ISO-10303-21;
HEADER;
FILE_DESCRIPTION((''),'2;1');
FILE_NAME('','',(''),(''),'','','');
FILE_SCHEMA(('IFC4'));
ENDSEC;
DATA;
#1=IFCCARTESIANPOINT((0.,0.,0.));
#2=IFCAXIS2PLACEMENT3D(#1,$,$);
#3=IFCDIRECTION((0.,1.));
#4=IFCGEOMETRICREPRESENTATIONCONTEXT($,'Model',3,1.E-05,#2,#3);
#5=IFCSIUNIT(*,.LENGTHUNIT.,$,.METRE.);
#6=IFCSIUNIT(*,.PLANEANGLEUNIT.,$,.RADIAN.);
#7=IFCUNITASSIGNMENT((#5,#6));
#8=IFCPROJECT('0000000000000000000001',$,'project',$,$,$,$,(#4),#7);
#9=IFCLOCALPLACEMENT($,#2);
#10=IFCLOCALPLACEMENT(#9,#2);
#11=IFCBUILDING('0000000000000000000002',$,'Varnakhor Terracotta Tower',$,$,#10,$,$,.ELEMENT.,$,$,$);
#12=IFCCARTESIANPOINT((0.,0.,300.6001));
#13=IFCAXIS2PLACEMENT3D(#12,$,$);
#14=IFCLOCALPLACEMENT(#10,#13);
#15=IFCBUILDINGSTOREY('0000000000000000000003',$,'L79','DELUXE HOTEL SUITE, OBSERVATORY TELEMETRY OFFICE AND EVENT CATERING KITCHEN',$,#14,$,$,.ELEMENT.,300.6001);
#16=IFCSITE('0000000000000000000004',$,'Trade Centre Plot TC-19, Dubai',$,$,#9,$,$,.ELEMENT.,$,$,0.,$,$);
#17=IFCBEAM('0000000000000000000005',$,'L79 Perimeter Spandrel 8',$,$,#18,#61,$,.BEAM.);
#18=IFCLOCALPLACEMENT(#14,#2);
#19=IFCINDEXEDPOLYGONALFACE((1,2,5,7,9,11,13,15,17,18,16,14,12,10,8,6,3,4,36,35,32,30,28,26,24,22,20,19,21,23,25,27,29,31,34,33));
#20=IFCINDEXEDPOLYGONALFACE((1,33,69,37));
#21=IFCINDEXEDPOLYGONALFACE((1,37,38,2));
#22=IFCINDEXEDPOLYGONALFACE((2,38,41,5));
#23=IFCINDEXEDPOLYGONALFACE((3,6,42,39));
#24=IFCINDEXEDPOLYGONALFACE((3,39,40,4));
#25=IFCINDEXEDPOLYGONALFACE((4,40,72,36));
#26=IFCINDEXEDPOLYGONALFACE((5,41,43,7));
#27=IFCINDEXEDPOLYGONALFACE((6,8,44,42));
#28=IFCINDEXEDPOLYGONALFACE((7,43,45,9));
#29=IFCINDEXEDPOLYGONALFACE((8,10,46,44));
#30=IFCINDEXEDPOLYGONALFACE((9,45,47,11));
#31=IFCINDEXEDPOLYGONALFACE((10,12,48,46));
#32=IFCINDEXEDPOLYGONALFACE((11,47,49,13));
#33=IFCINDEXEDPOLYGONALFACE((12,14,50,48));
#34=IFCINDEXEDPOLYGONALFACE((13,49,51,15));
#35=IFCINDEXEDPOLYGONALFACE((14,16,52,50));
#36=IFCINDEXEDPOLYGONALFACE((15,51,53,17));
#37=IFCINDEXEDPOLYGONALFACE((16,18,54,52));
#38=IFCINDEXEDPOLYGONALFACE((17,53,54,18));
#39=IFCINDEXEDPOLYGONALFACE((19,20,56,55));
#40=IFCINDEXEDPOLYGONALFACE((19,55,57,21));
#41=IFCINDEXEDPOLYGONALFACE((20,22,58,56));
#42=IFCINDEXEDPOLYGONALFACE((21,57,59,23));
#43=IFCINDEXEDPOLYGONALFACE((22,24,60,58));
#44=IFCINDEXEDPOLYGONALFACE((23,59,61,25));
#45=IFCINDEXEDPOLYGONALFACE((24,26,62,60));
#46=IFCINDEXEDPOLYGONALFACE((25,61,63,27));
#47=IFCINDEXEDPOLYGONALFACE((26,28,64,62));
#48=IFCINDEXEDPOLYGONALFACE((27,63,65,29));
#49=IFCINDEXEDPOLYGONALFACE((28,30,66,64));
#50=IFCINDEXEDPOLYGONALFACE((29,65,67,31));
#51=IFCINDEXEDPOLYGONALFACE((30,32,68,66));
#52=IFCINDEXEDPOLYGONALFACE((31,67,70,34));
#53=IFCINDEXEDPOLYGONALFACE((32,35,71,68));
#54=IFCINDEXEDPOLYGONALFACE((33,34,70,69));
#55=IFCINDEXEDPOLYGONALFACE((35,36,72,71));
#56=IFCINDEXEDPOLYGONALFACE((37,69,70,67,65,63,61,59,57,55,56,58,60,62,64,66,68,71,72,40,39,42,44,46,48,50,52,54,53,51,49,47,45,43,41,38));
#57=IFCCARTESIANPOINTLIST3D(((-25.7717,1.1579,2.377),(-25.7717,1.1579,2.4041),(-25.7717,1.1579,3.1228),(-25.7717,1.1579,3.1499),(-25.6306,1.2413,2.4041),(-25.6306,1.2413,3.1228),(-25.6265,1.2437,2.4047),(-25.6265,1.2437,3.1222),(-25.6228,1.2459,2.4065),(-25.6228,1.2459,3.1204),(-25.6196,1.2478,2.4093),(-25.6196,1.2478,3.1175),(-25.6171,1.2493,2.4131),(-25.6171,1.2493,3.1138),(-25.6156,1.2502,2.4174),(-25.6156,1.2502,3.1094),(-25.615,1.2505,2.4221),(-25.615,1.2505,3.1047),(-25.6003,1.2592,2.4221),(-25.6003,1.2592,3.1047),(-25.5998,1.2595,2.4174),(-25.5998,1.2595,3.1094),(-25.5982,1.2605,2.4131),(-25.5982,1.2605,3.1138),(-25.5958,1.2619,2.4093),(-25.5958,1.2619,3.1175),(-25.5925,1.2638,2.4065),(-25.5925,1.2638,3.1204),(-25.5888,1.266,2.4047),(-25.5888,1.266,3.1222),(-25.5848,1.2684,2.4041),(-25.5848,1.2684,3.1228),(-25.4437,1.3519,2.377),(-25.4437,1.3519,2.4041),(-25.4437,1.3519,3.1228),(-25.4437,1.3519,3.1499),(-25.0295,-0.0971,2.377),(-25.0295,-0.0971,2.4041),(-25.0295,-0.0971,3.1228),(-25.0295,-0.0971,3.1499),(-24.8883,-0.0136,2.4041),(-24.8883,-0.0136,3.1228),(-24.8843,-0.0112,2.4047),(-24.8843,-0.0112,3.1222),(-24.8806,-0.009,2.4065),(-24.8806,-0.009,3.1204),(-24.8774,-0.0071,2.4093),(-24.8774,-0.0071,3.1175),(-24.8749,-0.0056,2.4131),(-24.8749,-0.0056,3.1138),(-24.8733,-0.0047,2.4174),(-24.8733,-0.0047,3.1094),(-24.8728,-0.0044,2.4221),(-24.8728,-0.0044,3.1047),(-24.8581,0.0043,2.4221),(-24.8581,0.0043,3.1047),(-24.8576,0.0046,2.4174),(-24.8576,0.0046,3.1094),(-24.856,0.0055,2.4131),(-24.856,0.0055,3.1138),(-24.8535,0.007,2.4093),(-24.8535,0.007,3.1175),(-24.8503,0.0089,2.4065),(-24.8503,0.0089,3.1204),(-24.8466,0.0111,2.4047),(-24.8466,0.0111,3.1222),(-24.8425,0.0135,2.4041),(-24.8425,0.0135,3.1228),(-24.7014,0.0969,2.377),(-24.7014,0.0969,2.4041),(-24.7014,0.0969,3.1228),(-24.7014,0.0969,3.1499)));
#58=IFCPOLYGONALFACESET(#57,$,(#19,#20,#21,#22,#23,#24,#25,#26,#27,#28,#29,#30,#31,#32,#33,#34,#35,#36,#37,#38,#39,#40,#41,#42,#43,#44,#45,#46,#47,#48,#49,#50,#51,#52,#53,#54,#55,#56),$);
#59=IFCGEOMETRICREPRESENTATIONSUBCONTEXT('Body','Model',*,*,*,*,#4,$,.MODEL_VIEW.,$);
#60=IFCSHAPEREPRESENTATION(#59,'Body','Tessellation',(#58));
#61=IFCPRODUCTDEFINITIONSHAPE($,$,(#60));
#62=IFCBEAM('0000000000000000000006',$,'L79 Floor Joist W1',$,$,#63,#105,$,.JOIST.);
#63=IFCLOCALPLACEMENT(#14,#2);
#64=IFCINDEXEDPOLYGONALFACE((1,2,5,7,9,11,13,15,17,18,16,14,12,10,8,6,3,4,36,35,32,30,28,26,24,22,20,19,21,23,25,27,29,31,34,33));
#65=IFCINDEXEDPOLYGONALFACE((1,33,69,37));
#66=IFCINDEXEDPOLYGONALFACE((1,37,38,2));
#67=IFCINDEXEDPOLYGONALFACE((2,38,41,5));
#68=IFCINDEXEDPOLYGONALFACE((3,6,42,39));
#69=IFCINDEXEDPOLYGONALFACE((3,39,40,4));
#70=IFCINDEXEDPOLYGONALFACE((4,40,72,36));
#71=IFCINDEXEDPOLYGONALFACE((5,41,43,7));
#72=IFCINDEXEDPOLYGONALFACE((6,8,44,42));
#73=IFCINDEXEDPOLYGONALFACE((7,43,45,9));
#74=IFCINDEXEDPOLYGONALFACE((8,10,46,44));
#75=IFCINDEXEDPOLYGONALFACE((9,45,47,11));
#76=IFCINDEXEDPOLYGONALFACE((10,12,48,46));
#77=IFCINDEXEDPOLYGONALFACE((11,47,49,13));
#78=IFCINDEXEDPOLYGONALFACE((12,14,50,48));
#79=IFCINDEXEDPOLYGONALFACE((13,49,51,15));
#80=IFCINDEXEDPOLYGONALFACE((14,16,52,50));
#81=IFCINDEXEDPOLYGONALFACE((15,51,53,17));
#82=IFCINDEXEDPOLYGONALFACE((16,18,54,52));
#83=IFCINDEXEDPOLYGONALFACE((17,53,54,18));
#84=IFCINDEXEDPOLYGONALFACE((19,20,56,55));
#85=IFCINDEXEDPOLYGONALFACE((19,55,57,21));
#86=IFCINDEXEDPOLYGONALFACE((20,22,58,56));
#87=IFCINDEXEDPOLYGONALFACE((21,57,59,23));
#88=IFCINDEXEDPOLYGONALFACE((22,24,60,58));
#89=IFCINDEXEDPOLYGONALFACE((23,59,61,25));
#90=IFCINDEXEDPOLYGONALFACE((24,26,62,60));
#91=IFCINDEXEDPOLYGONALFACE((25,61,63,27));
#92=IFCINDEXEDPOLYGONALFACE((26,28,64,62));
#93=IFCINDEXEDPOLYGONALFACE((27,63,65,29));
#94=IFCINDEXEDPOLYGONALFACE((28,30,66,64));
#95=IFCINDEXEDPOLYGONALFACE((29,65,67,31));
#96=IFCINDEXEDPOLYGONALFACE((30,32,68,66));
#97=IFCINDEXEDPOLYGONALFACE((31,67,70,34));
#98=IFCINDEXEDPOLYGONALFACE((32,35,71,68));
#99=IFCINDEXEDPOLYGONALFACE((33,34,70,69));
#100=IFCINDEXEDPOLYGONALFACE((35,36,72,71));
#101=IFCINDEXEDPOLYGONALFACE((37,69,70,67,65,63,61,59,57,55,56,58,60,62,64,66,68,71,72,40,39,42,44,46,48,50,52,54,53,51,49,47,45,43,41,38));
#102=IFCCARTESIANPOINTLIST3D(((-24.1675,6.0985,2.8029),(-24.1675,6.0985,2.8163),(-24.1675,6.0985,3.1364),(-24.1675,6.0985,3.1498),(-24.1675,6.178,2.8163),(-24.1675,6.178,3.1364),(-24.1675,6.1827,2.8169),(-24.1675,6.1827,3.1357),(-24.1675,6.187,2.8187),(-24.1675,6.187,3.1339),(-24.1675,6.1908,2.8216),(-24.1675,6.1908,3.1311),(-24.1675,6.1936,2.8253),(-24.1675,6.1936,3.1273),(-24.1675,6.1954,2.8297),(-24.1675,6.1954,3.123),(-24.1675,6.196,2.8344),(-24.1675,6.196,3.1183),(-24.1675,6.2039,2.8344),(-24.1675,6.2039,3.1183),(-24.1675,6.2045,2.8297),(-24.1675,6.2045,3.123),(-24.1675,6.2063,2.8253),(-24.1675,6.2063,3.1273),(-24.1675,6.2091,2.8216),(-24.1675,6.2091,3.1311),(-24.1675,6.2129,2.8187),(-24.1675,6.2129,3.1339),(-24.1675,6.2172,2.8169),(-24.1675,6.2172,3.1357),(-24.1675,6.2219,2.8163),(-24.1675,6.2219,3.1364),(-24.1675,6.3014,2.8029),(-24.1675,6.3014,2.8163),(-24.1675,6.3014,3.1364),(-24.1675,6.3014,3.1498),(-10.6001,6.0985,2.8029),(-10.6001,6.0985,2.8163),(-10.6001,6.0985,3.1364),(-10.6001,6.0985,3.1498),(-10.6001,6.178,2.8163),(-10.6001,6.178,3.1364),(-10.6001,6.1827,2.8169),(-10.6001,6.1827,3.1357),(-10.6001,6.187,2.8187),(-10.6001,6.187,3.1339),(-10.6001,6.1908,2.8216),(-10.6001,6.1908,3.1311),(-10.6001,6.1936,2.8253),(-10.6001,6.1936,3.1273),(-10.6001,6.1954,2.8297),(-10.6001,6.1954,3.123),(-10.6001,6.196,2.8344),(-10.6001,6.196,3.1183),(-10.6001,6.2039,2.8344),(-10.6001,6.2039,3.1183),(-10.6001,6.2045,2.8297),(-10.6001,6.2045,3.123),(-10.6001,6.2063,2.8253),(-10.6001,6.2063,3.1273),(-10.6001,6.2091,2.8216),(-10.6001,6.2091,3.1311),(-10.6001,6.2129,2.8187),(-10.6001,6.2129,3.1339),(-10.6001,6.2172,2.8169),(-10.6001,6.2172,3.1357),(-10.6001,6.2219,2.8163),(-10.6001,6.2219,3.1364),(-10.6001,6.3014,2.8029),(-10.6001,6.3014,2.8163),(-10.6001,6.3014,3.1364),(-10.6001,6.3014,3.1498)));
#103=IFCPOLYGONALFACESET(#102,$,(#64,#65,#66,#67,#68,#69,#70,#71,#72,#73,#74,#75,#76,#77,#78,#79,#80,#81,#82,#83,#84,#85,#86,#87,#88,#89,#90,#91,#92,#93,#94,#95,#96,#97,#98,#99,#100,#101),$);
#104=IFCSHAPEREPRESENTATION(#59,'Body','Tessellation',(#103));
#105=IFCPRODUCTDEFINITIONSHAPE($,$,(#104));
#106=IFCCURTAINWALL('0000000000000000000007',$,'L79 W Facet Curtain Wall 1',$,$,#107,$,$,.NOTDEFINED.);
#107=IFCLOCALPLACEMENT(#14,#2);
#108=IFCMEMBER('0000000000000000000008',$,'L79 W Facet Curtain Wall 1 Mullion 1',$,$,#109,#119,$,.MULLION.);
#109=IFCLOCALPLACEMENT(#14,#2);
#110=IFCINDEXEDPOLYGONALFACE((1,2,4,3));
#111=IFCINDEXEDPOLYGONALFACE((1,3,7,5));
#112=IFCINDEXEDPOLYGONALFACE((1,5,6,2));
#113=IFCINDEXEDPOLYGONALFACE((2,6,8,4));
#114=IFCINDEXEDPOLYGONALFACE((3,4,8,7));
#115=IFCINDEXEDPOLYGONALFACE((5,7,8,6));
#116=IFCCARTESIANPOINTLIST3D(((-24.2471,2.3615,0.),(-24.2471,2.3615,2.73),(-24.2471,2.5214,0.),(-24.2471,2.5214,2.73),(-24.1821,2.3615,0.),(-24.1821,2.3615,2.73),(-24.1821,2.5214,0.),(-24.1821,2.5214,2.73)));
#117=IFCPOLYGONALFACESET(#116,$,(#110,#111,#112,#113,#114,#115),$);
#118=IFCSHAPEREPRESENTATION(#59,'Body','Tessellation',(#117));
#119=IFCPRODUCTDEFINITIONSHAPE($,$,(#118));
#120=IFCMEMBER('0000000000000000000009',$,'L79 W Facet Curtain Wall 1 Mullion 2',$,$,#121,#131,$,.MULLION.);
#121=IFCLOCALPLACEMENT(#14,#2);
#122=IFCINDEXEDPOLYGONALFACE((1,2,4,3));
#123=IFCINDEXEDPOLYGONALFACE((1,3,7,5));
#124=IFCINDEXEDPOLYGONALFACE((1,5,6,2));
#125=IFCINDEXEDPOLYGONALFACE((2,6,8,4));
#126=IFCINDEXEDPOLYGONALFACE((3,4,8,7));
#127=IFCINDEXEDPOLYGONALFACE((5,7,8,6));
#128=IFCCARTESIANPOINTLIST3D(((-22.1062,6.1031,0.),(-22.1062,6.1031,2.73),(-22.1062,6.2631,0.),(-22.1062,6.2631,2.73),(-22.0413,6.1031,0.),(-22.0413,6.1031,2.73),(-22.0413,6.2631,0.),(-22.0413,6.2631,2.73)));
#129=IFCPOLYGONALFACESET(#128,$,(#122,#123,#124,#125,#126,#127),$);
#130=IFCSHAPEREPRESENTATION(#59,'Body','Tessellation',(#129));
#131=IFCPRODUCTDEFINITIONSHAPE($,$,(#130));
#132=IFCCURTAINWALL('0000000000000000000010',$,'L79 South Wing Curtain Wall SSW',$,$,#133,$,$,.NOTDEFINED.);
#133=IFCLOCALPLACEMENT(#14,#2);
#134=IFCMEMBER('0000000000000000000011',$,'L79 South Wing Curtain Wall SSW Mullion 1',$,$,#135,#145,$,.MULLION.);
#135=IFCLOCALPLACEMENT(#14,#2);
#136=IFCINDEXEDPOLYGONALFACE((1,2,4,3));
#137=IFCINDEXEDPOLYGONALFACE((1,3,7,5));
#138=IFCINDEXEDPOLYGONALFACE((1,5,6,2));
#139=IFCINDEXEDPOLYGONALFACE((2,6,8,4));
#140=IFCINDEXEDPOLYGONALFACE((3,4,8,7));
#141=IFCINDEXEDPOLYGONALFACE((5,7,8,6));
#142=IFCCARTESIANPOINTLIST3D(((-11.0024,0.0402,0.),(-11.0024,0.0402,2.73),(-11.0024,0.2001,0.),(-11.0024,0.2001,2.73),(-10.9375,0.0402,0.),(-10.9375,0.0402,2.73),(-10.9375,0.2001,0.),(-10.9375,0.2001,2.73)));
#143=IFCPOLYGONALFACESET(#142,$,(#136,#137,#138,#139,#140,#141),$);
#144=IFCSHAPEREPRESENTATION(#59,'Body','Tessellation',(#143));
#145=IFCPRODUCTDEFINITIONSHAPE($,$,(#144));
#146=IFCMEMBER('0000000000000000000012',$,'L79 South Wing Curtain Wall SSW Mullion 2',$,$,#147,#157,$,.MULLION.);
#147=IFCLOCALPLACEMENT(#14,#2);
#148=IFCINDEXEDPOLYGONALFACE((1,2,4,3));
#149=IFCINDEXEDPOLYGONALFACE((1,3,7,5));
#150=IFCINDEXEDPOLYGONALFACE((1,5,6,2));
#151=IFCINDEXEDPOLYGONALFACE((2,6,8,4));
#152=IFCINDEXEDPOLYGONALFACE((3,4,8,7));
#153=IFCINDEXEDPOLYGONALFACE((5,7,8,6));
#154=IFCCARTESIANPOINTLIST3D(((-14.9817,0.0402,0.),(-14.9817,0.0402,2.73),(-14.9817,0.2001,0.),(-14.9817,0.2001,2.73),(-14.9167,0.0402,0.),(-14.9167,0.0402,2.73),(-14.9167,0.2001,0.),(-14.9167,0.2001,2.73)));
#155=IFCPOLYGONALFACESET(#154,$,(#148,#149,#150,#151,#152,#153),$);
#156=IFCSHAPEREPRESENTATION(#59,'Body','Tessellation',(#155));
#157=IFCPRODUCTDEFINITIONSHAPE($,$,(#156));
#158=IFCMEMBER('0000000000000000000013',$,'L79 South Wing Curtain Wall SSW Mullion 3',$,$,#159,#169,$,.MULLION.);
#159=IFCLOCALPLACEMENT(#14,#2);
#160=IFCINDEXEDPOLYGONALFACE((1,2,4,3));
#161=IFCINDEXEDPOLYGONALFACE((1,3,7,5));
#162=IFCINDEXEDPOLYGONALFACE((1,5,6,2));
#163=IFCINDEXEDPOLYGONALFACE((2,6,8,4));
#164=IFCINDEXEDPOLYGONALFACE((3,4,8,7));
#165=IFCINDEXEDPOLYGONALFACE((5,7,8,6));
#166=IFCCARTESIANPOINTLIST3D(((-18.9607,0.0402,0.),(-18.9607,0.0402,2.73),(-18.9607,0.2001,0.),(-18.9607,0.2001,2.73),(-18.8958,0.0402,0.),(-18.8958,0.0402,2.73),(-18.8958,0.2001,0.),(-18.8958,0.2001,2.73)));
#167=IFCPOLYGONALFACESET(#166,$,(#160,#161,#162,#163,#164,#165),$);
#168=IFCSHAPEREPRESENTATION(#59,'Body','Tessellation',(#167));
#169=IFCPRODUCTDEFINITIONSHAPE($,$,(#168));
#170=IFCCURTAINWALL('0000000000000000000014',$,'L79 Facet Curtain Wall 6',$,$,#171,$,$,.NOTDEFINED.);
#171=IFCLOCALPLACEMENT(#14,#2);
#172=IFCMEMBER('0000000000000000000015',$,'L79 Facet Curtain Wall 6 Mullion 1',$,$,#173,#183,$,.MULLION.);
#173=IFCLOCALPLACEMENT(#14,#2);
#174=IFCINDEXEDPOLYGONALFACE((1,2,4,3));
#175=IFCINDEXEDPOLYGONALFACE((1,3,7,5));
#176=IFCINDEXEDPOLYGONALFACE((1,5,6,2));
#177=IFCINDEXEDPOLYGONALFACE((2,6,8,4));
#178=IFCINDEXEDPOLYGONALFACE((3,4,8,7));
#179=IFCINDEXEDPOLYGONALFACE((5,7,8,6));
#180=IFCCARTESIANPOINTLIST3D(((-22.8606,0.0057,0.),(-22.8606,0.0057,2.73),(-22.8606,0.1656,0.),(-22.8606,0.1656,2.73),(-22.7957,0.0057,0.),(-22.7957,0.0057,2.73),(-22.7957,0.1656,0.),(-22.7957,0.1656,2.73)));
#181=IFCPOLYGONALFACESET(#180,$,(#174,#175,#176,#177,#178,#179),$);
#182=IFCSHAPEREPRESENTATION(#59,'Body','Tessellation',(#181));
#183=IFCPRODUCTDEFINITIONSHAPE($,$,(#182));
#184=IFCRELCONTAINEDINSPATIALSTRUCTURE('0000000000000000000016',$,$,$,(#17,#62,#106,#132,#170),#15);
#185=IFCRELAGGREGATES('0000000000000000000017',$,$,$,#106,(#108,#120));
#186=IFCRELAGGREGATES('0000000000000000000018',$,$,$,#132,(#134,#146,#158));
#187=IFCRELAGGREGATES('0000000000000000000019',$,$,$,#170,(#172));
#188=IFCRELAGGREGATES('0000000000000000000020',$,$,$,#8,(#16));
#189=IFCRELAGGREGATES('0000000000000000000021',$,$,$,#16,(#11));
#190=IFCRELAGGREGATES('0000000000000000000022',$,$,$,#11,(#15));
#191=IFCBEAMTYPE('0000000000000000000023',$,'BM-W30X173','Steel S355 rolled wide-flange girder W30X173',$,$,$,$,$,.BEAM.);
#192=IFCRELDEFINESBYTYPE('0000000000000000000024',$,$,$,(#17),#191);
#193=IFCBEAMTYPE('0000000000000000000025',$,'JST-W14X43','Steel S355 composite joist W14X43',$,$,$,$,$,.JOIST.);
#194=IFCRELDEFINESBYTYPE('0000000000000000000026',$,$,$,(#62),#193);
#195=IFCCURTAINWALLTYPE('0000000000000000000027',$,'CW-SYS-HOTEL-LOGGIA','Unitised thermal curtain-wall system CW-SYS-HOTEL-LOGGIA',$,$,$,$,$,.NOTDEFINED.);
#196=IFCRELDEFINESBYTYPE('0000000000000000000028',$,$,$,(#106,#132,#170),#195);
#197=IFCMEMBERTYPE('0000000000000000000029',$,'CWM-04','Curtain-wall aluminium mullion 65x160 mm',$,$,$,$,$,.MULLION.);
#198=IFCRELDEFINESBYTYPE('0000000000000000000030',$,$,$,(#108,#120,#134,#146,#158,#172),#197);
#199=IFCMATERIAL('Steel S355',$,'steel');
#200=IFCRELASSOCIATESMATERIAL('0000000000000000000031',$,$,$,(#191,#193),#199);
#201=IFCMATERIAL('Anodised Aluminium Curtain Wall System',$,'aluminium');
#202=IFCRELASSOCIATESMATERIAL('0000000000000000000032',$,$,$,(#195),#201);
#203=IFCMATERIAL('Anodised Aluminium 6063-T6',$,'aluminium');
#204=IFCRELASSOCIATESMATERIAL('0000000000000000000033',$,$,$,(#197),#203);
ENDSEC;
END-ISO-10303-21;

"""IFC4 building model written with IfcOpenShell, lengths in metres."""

from ifc_helpers import new_model, si_unit, direction, frame, origin, origin_2d, place, context, subcontext, project, spatial, rectangle, i_section, extrude, source, transform, mapped, material, material_profile, profile_set, type_object, element, aggregate, save


model = new_model("IFC4")

# Units and contexts
model_context = context("Model", 3, precision=1e-05, world=origin(), true_north=direction((0.0, 1.0)))
body_context = subcontext(model_context, "Body", "Model", "MODEL_VIEW")
ifc_project = project(units=[si_unit("LENGTHUNIT", "METRE"), si_unit("PLANEANGLEUNIT", "RADIAN")], contexts=[model_context])

# Site, building, storey
site_placement = place(None, origin())
site = spatial("IfcSite", under=ifc_project, at=site_placement, Name="Trade Centre Plot TC-19, Dubai", CompositionType="ELEMENT", RefElevation=0.0)
building_placement = place(site_placement, origin())
building = spatial("IfcBuilding", under=site, at=building_placement, Name="Varnakhor Terracotta Tower", CompositionType="ELEMENT")
storey_placement = place(building_placement, frame((0.0, 0.0, 300.6001)))
storey = spatial("IfcBuildingStorey", under=building, at=storey_placement, Name="L79", Description="DELUXE HOTEL SUITE, OBSERVATORY TELEMETRY OFFICE AND EVENT CATERING KITCHEN", CompositionType="ELEMENT", Elevation=300.6001)

# Shared definitions
ifc_material_1 = material(Name="Steel S355", Category="steel")

# Beams
ifc_material_profile_1 = material_profile(ifc_material_1, i_section(OverallWidth=0.3811, OverallDepth=0.7729, WebThickness=0.0171, FlangeThickness=0.0271, FilletRadius=0.0181, at=origin_2d()), Name="W30X173")
ifc_profile_set_1 = profile_set([ifc_material_profile_1], Name="Steel S355")
beam_type_1 = type_object("IfcBeamType", Name="BM-W30X173", Description="Steel S355 rolled wide-flange girder W30X173", PredefinedType="BEAM", material=ifc_profile_set_1)
shared_shape_1 = source(origin(), body_context, "Body", "SweptSolid", [
    extrude(i_section(OverallWidth=0.3811, OverallDepth=0.7729, WebThickness=0.0171, FlangeThickness=0.0271, FilletRadius=0.0181, at=origin_2d()), origin(), (0.0, 0.0, 1.0), 1.458),
])
beam_1_placement = place(storey_placement, frame((-25.6077, 1.2549, 2.7634), z_axis=(0.509068, -0.860726, 0.0), x_axis=(0.860726, 0.509068, 0.0)))
element("IfcBeam", 1, at=beam_1_placement, inside=storey, type_object=beam_type_1, Name="L79 Perimeter Spandrel 8", PredefinedType="BEAM", context=body_context, shape_type="MappedRepresentation", body=[
    mapped(shared_shape_1, transform((0.0, 0.0, 0.0), scale=1.0)),
])
ifc_material_profile_2 = material_profile(ifc_material_1, i_section(OverallWidth=0.2029, OverallDepth=0.3469, WebThickness=0.0078, FlangeThickness=0.0134, FilletRadius=0.0181, at=origin_2d()), Name="W14X43")
ifc_profile_set_2 = profile_set([ifc_material_profile_2], Name="Steel S355")
beam_type_2 = type_object("IfcBeamType", Name="JST-W14X43", Description="Steel S355 composite joist W14X43", PredefinedType="JOIST", material=ifc_profile_set_2)
shared_shape_2 = source(origin(), body_context, "Body", "SweptSolid", [
    extrude(i_section(OverallWidth=0.2029, OverallDepth=0.3469, WebThickness=0.0078, FlangeThickness=0.0134, FilletRadius=0.0181, at=origin_2d()), origin(), (0.0, 0.0, 1.0), 13.5674),
])
beam_2_placement = place(storey_placement, frame((-24.1675, 6.2, 2.9763), z_axis=(1.0, 0.0, 0.0), x_axis=(0.0, 1.0, 0.0)))
element("IfcBeam", 2, at=beam_2_placement, inside=storey, type_object=beam_type_2, Name="L79 Floor Joist W1", PredefinedType="JOIST", context=body_context, shape_type="MappedRepresentation", body=[
    mapped(shared_shape_2, transform((0.0, 0.0, 0.0), scale=1.0)),
])

# Curtain walls, members
ifc_material_2 = material(Name="Anodised Aluminium Curtain Wall System", Category="aluminium")
curtain_wall_type = type_object("IfcCurtainWallType", Name="CW-SYS-HOTEL-LOGGIA", Description="Unitised thermal curtain-wall system CW-SYS-HOTEL-LOGGIA", PredefinedType="NOTDEFINED", material=ifc_material_2)
curtain_wall_1_placement = place(storey_placement, origin())
curtain_wall_1 = element("IfcCurtainWall", 3, at=curtain_wall_1_placement, inside=storey, type_object=curtain_wall_type, Name="L79 W Facet Curtain Wall 1", PredefinedType="NOTDEFINED")
ifc_material_3 = material(Name="Anodised Aluminium 6063-T6", Category="aluminium")
ifc_material_profile_3 = material_profile(ifc_material_3, rectangle(XDim=0.0649, YDim=0.1599, at=origin_2d()), Name="ALU MULLION 65x160")
ifc_profile_set_3 = profile_set([ifc_material_profile_3], Name="Anodised Aluminium 6063-T6")
member_type_1 = type_object("IfcMemberType", Name="CWM-04", Description="Curtain-wall aluminium mullion 65x160 mm", PredefinedType="MULLION", material=ifc_profile_set_3)
shared_shape_3 = source(origin(), body_context, "Body", "SweptSolid", [
    extrude(rectangle(XDim=0.0649, YDim=0.1599, at=origin_2d()), origin(), (0.0, 0.0, 1.0), 2.73),
])
member_1_placement = place(storey_placement, frame((-24.2146, 2.4414, 0.0), z_axis=(0.0, 0.0, 1.0), x_axis=(1.0, 0.0, 0.0)))
member_1 = element("IfcMember", 4, at=member_1_placement, type_object=member_type_1, Name="L79 W Facet Curtain Wall 1 Mullion 1", PredefinedType="MULLION", context=body_context, shape_type="MappedRepresentation", body=[
    mapped(shared_shape_3, transform((0.0, 0.0, 0.0), scale=1.0)),
])
member_2_placement = place(storey_placement, frame((-22.0737, 6.1831, 0.0), z_axis=(0.0, 0.0, 1.0), x_axis=(1.0, 0.0, 0.0)))
member_2 = element("IfcMember", 5, at=member_2_placement, type_object=member_type_1, Name="L79 W Facet Curtain Wall 1 Mullion 2", PredefinedType="MULLION", context=body_context, shape_type="MappedRepresentation", body=[
    mapped(shared_shape_3, transform((0.0, 0.0, 0.0), scale=1.0)),
])
curtain_wall_2_placement = place(storey_placement, origin())
curtain_wall_2 = element("IfcCurtainWall", 6, at=curtain_wall_2_placement, inside=storey, type_object=curtain_wall_type, Name="L79 South Wing Curtain Wall SSW", PredefinedType="NOTDEFINED")
member_3_placement = place(storey_placement, frame((-10.97, 0.1201, 0.0), z_axis=(0.0, 0.0, 1.0), x_axis=(1.0, 0.0, 0.0)))
member_3 = element("IfcMember", 7, at=member_3_placement, type_object=member_type_1, Name="L79 South Wing Curtain Wall SSW Mullion 1", PredefinedType="MULLION", context=body_context, shape_type="MappedRepresentation", body=[
    mapped(shared_shape_3, transform((0.0, 0.0, 0.0), scale=1.0)),
])
member_4_placement = place(storey_placement, frame((-14.9492, 0.1201, 0.0), z_axis=(0.0, 0.0, 1.0), x_axis=(1.0, 0.0, 0.0)))
member_4 = element("IfcMember", 8, at=member_4_placement, type_object=member_type_1, Name="L79 South Wing Curtain Wall SSW Mullion 2", PredefinedType="MULLION", context=body_context, shape_type="MappedRepresentation", body=[
    mapped(shared_shape_3, transform((0.0, 0.0, 0.0), scale=1.0)),
])
member_5_placement = place(storey_placement, frame((-18.9282, 0.1201, 0.0), z_axis=(0.0, 0.0, 1.0), x_axis=(1.0, 0.0, 0.0)))
member_5 = element("IfcMember", 9, at=member_5_placement, type_object=member_type_1, Name="L79 South Wing Curtain Wall SSW Mullion 3", PredefinedType="MULLION", context=body_context, shape_type="MappedRepresentation", body=[
    mapped(shared_shape_3, transform((0.0, 0.0, 0.0), scale=1.0)),
])

# Curtain wall, member
curtain_wall_3_placement = place(storey_placement, origin())
curtain_wall_3 = element("IfcCurtainWall", 10, at=curtain_wall_3_placement, inside=storey, type_object=curtain_wall_type, Name="L79 Facet Curtain Wall 6", PredefinedType="NOTDEFINED")
member_6_placement = place(storey_placement, frame((-22.8281, 0.0857, 0.0), z_axis=(0.0, 0.0, 1.0), x_axis=(1.0, 0.0, 0.0)))
member_6 = element("IfcMember", 11, at=member_6_placement, type_object=member_type_1, Name="L79 Facet Curtain Wall 6 Mullion 1", PredefinedType="MULLION", context=body_context, shape_type="MappedRepresentation", body=[
    mapped(shared_shape_3, transform((0.0, 0.0, 0.0), scale=1.0)),
])

aggregate(curtain_wall_1, [member_1, member_2])
aggregate(curtain_wall_2, [member_3, member_4, member_5])
aggregate(curtain_wall_3, [member_6])

save(model, "model.ifc")
